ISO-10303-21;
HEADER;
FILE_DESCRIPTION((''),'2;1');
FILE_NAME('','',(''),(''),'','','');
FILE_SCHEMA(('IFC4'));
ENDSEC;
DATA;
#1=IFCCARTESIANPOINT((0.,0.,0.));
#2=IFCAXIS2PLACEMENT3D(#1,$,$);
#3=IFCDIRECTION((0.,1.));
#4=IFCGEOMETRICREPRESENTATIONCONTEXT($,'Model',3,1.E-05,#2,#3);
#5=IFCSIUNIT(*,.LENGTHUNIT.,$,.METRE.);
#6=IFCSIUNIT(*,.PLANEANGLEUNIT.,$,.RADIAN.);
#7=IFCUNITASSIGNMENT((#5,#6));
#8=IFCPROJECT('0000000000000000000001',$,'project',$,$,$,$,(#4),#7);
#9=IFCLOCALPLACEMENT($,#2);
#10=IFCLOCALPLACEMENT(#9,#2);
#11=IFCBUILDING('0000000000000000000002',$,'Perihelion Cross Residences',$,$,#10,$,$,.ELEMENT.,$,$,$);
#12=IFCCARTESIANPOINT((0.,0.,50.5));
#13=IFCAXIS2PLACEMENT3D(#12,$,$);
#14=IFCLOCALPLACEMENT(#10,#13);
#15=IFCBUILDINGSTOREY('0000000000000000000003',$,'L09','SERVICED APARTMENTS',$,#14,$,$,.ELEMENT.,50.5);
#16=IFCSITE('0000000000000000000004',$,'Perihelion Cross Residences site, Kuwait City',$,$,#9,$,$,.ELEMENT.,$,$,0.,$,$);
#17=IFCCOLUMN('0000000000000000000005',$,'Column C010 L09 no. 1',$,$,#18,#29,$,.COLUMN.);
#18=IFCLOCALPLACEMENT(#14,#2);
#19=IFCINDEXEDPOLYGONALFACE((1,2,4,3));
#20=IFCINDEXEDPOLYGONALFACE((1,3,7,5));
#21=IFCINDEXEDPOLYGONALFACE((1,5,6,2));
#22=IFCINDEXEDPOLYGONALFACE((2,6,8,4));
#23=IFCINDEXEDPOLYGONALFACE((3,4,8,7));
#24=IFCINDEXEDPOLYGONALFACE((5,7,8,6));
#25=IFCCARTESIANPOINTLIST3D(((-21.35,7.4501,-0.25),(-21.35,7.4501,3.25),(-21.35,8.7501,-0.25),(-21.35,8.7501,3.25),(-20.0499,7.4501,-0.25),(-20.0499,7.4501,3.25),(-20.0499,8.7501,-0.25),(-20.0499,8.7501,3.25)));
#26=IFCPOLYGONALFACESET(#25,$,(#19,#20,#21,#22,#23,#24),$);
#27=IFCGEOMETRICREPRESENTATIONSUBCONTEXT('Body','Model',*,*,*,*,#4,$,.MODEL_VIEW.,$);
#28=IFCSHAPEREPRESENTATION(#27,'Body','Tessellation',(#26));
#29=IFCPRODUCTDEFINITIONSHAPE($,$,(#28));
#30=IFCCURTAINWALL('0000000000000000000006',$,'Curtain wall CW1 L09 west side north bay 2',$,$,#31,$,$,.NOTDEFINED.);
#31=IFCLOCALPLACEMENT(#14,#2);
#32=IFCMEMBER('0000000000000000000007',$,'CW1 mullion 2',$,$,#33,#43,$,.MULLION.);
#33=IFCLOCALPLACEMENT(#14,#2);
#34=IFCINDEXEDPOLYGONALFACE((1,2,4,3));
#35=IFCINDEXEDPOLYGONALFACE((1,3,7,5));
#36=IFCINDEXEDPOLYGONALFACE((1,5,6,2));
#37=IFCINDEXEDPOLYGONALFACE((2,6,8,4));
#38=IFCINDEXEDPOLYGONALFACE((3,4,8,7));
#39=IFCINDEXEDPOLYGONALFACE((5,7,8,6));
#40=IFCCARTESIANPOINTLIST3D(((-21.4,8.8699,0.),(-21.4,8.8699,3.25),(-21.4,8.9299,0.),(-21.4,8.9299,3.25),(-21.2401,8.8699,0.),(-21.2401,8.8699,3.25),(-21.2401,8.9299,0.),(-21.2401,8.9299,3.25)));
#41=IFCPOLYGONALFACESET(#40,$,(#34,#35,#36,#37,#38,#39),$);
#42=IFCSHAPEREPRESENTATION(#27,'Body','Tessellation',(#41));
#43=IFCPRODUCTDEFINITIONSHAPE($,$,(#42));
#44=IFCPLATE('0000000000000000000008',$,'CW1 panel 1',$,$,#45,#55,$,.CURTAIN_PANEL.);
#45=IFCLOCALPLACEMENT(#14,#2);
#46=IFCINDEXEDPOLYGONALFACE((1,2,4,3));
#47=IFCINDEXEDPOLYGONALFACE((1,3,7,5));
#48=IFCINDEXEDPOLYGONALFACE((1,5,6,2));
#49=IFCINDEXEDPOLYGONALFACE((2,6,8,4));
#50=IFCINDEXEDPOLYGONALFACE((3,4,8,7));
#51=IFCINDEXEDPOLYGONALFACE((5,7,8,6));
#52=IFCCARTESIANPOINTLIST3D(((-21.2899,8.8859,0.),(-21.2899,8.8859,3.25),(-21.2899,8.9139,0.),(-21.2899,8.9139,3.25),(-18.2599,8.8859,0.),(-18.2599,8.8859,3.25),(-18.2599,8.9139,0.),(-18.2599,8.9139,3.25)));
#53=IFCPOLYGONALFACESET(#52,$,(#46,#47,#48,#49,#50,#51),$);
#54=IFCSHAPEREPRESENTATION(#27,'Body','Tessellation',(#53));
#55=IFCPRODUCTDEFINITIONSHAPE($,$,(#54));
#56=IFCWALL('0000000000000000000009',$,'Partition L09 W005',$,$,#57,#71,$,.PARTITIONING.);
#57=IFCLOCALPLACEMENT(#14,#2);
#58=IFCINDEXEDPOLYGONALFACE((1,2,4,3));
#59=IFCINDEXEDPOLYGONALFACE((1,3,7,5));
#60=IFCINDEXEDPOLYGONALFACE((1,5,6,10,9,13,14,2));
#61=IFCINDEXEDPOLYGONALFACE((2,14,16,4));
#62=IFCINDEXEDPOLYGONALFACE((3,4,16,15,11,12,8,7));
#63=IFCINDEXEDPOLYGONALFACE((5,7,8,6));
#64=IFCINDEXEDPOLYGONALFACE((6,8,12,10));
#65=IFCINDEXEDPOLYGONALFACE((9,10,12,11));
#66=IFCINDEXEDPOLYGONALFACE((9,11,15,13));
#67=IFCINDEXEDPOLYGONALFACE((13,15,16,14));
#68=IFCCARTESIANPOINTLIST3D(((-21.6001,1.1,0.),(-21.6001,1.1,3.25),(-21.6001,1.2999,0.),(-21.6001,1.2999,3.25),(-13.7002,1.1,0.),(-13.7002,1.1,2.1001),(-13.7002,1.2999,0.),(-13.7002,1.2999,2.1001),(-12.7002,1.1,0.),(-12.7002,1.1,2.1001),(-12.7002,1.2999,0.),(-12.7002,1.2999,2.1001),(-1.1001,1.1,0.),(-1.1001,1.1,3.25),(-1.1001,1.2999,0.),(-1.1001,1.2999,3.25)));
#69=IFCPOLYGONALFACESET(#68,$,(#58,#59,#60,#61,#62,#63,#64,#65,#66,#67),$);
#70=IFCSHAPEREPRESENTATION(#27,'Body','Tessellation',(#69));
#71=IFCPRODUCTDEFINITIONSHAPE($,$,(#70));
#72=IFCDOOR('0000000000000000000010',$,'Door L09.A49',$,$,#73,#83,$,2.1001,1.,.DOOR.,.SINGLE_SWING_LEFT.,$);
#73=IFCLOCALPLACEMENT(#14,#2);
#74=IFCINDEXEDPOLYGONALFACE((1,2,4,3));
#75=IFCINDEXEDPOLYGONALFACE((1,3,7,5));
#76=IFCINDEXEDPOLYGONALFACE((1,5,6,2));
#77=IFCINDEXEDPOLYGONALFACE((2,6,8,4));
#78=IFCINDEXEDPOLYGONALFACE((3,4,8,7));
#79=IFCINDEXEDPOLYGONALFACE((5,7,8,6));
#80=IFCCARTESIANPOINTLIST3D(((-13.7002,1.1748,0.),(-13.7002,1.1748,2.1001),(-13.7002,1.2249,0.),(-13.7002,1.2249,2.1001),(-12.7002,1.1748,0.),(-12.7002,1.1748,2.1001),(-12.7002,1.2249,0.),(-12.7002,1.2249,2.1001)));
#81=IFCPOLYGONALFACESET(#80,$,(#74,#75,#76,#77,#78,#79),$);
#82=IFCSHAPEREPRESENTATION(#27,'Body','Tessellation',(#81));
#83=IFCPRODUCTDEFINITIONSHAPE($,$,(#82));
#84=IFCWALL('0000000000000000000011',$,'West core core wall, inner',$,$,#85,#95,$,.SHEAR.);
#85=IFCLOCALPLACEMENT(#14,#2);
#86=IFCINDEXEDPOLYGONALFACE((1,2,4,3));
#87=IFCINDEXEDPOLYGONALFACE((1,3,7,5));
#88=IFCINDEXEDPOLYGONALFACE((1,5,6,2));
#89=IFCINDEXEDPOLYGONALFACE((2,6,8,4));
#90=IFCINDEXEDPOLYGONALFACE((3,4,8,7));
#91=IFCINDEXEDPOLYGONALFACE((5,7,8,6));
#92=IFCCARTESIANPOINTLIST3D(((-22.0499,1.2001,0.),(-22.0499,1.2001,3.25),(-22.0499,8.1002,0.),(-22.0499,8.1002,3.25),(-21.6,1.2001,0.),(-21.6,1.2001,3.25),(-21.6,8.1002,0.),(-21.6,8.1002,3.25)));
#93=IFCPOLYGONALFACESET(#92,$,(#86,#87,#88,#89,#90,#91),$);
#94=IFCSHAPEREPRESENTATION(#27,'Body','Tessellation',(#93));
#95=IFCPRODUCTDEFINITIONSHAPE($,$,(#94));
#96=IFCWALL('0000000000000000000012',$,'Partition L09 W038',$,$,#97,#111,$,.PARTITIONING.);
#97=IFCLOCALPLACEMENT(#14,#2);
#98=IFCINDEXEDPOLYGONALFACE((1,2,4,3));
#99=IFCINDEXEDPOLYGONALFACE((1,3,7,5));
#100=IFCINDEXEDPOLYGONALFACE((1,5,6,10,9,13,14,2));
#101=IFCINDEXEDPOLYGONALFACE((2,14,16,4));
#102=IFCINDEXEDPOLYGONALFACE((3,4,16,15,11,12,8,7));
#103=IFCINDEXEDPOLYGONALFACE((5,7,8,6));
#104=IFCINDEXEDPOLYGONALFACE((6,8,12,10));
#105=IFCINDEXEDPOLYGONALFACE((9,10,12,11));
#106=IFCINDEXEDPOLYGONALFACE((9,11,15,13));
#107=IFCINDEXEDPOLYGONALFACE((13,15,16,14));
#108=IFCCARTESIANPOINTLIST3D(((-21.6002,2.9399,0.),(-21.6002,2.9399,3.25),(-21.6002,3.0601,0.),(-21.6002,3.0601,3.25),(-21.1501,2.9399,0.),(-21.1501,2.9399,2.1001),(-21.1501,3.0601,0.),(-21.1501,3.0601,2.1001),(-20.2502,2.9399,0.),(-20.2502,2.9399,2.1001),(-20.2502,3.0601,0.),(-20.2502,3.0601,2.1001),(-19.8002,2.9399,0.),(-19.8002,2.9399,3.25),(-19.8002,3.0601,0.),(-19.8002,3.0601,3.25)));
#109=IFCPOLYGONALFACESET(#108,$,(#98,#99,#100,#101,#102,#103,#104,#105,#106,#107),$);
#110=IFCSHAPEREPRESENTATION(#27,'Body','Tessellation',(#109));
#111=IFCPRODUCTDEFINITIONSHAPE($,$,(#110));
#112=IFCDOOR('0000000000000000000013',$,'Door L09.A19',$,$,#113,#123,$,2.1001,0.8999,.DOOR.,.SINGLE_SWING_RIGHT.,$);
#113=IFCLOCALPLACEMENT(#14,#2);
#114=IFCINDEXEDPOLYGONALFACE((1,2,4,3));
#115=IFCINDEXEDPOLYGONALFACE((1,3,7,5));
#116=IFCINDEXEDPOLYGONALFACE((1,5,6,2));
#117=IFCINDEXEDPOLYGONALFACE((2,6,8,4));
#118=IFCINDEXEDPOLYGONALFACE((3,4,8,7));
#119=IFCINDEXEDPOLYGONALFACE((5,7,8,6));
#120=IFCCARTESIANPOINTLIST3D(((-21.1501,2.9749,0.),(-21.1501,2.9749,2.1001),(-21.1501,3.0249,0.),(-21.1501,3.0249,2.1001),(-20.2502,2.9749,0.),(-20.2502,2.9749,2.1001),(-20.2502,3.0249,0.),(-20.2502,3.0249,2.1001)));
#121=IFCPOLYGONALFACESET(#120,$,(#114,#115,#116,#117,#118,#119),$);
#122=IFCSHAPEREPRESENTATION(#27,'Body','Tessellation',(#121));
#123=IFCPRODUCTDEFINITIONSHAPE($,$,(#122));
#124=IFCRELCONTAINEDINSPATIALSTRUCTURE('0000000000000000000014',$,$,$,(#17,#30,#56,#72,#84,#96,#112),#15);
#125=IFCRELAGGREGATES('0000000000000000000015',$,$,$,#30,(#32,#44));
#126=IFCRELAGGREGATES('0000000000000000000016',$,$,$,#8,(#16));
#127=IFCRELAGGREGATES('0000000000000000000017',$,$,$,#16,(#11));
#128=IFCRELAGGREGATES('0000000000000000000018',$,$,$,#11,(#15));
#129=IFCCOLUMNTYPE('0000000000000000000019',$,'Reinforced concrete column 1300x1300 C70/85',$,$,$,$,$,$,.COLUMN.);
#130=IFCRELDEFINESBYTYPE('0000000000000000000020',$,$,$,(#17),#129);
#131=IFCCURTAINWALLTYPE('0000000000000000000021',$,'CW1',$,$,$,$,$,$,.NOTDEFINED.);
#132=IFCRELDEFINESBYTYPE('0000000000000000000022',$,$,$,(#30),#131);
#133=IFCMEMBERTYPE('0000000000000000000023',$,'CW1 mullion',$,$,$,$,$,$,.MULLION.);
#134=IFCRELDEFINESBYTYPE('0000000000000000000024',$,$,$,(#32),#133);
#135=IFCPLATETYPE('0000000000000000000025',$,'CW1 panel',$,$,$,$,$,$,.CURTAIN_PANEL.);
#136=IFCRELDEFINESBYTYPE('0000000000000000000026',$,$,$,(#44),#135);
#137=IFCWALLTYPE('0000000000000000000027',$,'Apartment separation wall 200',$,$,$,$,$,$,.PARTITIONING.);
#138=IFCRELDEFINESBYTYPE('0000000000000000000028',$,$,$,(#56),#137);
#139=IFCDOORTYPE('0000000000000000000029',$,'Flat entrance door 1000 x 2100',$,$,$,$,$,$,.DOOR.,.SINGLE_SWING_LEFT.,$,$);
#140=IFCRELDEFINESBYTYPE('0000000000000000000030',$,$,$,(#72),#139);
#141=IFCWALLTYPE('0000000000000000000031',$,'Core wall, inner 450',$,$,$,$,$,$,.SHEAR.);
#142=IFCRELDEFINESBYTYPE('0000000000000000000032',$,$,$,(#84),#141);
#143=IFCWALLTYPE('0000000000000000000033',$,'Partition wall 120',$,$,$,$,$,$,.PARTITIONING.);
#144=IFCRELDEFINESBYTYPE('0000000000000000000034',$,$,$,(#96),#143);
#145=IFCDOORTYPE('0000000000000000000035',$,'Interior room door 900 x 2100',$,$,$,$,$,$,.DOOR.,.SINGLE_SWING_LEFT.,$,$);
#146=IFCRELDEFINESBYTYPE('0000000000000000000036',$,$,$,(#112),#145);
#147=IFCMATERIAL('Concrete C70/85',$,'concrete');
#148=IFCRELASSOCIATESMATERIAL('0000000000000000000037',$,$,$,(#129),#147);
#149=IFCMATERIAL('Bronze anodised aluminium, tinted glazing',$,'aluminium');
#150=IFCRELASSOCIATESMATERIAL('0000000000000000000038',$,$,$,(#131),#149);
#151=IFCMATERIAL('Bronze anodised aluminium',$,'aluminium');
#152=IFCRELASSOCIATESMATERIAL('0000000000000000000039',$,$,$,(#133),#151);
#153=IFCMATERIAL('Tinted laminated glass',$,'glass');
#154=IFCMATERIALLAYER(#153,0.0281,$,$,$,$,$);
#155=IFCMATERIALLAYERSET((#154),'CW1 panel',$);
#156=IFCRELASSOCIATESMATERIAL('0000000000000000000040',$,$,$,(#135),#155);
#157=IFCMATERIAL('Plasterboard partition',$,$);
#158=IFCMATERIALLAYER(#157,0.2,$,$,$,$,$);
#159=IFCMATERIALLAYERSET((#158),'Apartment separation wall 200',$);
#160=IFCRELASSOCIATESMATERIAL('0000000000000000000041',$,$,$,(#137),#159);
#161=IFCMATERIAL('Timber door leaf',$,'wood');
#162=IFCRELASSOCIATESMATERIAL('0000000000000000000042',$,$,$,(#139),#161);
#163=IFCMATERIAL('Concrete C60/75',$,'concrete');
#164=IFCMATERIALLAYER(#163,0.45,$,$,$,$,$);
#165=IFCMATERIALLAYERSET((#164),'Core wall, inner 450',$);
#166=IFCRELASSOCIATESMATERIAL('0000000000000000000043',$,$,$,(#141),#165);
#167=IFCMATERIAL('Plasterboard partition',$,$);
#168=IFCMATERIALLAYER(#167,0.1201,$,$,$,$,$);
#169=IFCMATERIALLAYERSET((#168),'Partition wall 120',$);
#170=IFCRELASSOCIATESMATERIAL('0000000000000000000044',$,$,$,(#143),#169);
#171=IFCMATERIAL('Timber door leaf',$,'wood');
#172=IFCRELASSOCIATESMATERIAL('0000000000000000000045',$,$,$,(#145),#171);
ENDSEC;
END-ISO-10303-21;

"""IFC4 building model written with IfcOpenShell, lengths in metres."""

from ifc_helpers import new_model, si_unit, direction, frame, frame_2d, origin, origin_2d, place, context, subcontext, project, spatial, rectangle, extrude, material, layer, layer_set, material_profile, profile_set, type_object, element, fill, aggregate, save


model = new_model("IFC4")

# Units and contexts
model_context = context("Model", 3, precision=1e-05, world=origin(), true_north=direction((0.0, 1.0)))
body_context = subcontext(model_context, "Body", "Model", "MODEL_VIEW")
ifc_project = project(units=[si_unit("LENGTHUNIT", "METRE"), si_unit("PLANEANGLEUNIT", "RADIAN")], contexts=[model_context])

# Site, building, storey
site_placement = place(None, origin())
site = spatial("IfcSite", under=ifc_project, at=site_placement, Name="Perihelion Cross Residences site, Kuwait City", CompositionType="ELEMENT", RefElevation=0.0)
building_placement = place(site_placement, origin())
building = spatial("IfcBuilding", under=site, at=building_placement, Name="Perihelion Cross Residences", CompositionType="ELEMENT")
storey_placement = place(building_placement, frame((0.0, 0.0, 50.5)))
storey = spatial("IfcBuildingStorey", under=building, at=storey_placement, Name="L09", Description="SERVICED APARTMENTS", CompositionType="ELEMENT", Elevation=50.5)

# Column
ifc_material_1 = material(Name="Concrete C70/85", Category="concrete")
ifc_material_profile_1 = material_profile(ifc_material_1, rectangle(XDim=1.3, YDim=1.3, at=origin_2d()), Name="RC 1300x1300")
ifc_profile_set_1 = profile_set([ifc_material_profile_1], Name="Concrete C70/85")
column_type = type_object("IfcColumnType", Name="Reinforced concrete column 1300x1300 C70/85", PredefinedType="COLUMN", material=ifc_profile_set_1)
column_placement = place(storey_placement, frame((-20.7, 8.1001, -0.25), z_axis=(0.0, 0.0, 1.0), x_axis=(1.0, 0.0, 0.0)))
element("IfcColumn", 1, at=column_placement, inside=storey, type_object=column_type, Name="Column C010 L09 no. 1", PredefinedType="COLUMN", context=body_context, shape_type="SweptSolid", body=[
    extrude(rectangle(XDim=1.3, YDim=1.3, at=origin_2d()), origin(), (0.0, 0.0, 1.0), 3.5),
])

# Curtain wall, member, plate
ifc_material_2 = material(Name="Bronze anodised aluminium, tinted glazing", Category="aluminium")
curtain_wall_type = type_object("IfcCurtainWallType", Name="CW1", PredefinedType="NOTDEFINED", material=ifc_material_2)
curtain_wall_placement = place(storey_placement, origin())
curtain_wall = element("IfcCurtainWall", 2, at=curtain_wall_placement, inside=storey, type_object=curtain_wall_type, Name="Curtain wall CW1 L09 west side north bay 2", PredefinedType="NOTDEFINED")
ifc_material_3 = material(Name="Bronze anodised aluminium", Category="aluminium")
ifc_material_profile_2 = material_profile(ifc_material_3, rectangle(XDim=0.0601, YDim=0.1599, at=origin_2d()), Name="CW1 mullion")
ifc_profile_set_2 = profile_set([ifc_material_profile_2], Name="Bronze anodised aluminium")
member_type = type_object("IfcMemberType", Name="CW1 mullion", PredefinedType="MULLION", material=ifc_profile_set_2)
member_placement = place(storey_placement, frame((-21.3201, 8.8999, 0.0), z_axis=(0.0, 0.0, 1.0), x_axis=(0.0, -1.0, 0.0)))
member = element("IfcMember", 3, at=member_placement, type_object=member_type, Name="CW1 mullion 2", PredefinedType="MULLION", context=body_context, shape_type="SweptSolid", body=[
    extrude(rectangle(XDim=0.0601, YDim=0.1599, at=origin_2d()), origin(), (0.0, 0.0, 1.0), 3.25),
])
ifc_material_4 = material(Name="Tinted laminated glass", Category="glass")
ifc_layer_1 = layer(ifc_material_4, 0.0281)
ifc_layer_set_1 = layer_set([ifc_layer_1], Name="CW1 panel")
plate_type = type_object("IfcPlateType", Name="CW1 panel", PredefinedType="CURTAIN_PANEL", material=ifc_layer_set_1)
plate_placement = place(storey_placement, frame((-19.7749, 8.8999, 0.0), z_axis=(0.0, 0.0, 1.0), x_axis=(-1.0, 0.0, 0.0)))
plate = element("IfcPlate", 4, at=plate_placement, type_object=plate_type, Name="CW1 panel 1", PredefinedType="CURTAIN_PANEL", context=body_context, shape_type="SweptSolid", body=[
    extrude(rectangle(XDim=3.03, YDim=0.0281, at=origin_2d()), origin(), (0.0, 0.0, 1.0), 3.25),
])
aggregate(curtain_wall, [member, plate])

# Wall, opening, door
ifc_material_5 = material(Name="Plasterboard partition")
ifc_layer_2 = layer(ifc_material_5, 0.2)
ifc_layer_set_2 = layer_set([ifc_layer_2], Name="Apartment separation wall 200")
wall_type_1 = type_object("IfcWallType", Name="Apartment separation wall 200", PredefinedType="PARTITIONING", material=ifc_layer_set_2)
wall_1_placement = place(storey_placement, frame((-21.6001, 1.2, 0.0), z_axis=(0.0, 0.0, 1.0), x_axis=(1.0, 0.0, 0.0)))
wall_1 = element("IfcWall", 5, at=wall_1_placement, inside=storey, type_object=wall_type_1, Name="Partition L09 W005", PredefinedType="PARTITIONING", context=body_context, shape_type="SweptSolid", body=[
    extrude(rectangle(XDim=20.5, YDim=0.2, at=frame_2d((10.25, 0.0))), origin(), (0.0, 0.0, 1.0), 3.25),
])
opening_1_placement = place(wall_1_placement, frame((7.8999, 0.0, 0.0)))
opening_1 = element("IfcOpeningElement", 6, at=opening_1_placement, cuts=wall_1, PredefinedType="OPENING", context=body_context, shape_type="SweptSolid", body=[
    extrude(rectangle(XDim=1.0, YDim=2.1001, at=frame_2d((0.5, 1.05))), frame((0.0, 0.1099, 0.0), z_axis=(0.0, -1.0, 0.0), x_axis=(1.0, 0.0, 0.0)), (0.0, 0.0, 1.0), 0.22),
])
ifc_material_6 = material(Name="Timber door leaf", Category="wood")
door_type_1 = type_object("IfcDoorType", Name="Flat entrance door 1000 x 2100", OperationType="SINGLE_SWING_LEFT", PredefinedType="DOOR", material=ifc_material_6)
door_1_placement = place(opening_1_placement, origin())
door_1 = element("IfcDoor", 7, at=door_1_placement, inside=storey, type_object=door_type_1, Name="Door L09.A49", OperationType="SINGLE_SWING_LEFT", OverallHeight=2.1001, OverallWidth=1.0, PredefinedType="DOOR", context=body_context, shape_type="SweptSolid", body=[
    extrude(rectangle(XDim=1.0, YDim=2.1001, at=frame_2d((0.5, 1.05))), frame((0.0, 0.0249, 0.0), z_axis=(0.0, -1.0, 0.0), x_axis=(1.0, 0.0, 0.0)), (0.0, 0.0, 1.0), 0.05),
])
fill(opening_1, door_1)

# Wall
ifc_material_7 = material(Name="Concrete C60/75", Category="concrete")
ifc_layer_3 = layer(ifc_material_7, 0.45)
ifc_layer_set_3 = layer_set([ifc_layer_3], Name="Core wall, inner 450")
wall_type_2 = type_object("IfcWallType", Name="Core wall, inner 450", PredefinedType="SHEAR", material=ifc_layer_set_3)
wall_2_placement = place(storey_placement, frame((-21.825, 1.2, 0.0), z_axis=(0.0, 0.0, 1.0), x_axis=(0.0, 1.0, 0.0)))
element("IfcWall", 8, at=wall_2_placement, inside=storey, type_object=wall_type_2, Name="West core core wall, inner", PredefinedType="SHEAR", context=body_context, shape_type="SweptSolid", body=[
    extrude(rectangle(XDim=6.9001, YDim=0.45, at=frame_2d((3.4502, 0.0))), origin(), (0.0, 0.0, 1.0), 3.25),
])

# Wall, opening, door
ifc_material_8 = material(Name="Plasterboard partition")
ifc_layer_4 = layer(ifc_material_8, 0.1201)
ifc_layer_set_4 = layer_set([ifc_layer_4], Name="Partition wall 120")
wall_type_3 = type_object("IfcWallType", Name="Partition wall 120", PredefinedType="PARTITIONING", material=ifc_layer_set_4)
wall_3_placement = place(storey_placement, frame((-21.6001, 3.0, 0.0), z_axis=(0.0, 0.0, 1.0), x_axis=(1.0, 0.0, 0.0)))
wall_3 = element("IfcWall", 9, at=wall_3_placement, inside=storey, type_object=wall_type_3, Name="Partition L09 W038", PredefinedType="PARTITIONING", context=body_context, shape_type="SweptSolid", body=[
    extrude(rectangle(XDim=1.8, YDim=0.1201, at=frame_2d((0.8999, 0.0))), origin(), (0.0, 0.0, 1.0), 3.25),
])
opening_2_placement = place(wall_3_placement, frame((0.45, 0.0, 0.0)))
opening_2 = element("IfcOpeningElement", 10, at=opening_2_placement, cuts=wall_3, PredefinedType="OPENING", context=body_context, shape_type="SweptSolid", body=[
    extrude(rectangle(XDim=0.8999, YDim=2.1001, at=frame_2d((0.45, 1.05))), frame((0.0, 0.0701, 0.0), z_axis=(0.0, -1.0, 0.0), x_axis=(1.0, 0.0, 0.0)), (0.0, 0.0, 1.0), 0.1401),
])
ifc_material_9 = material(Name="Timber door leaf", Category="wood")
door_type_2 = type_object("IfcDoorType", Name="Interior room door 900 x 2100", OperationType="SINGLE_SWING_LEFT", PredefinedType="DOOR", material=ifc_material_9)
door_2_placement = place(opening_2_placement, origin())
door_2 = element("IfcDoor", 11, at=door_2_placement, inside=storey, type_object=door_type_2, Name="Door L09.A19", OperationType="SINGLE_SWING_RIGHT", OverallHeight=2.1001, OverallWidth=0.8999, PredefinedType="DOOR", context=body_context, shape_type="SweptSolid", body=[
    extrude(rectangle(XDim=0.8999, YDim=2.1001, at=frame_2d((0.45, 1.05))), frame((0.0, 0.0249, 0.0), z_axis=(0.0, -1.0, 0.0), x_axis=(1.0, 0.0, 0.0)), (0.0, 0.0, 1.0), 0.05),
])
fill(opening_2, door_2)

save(model, "model.ifc")
